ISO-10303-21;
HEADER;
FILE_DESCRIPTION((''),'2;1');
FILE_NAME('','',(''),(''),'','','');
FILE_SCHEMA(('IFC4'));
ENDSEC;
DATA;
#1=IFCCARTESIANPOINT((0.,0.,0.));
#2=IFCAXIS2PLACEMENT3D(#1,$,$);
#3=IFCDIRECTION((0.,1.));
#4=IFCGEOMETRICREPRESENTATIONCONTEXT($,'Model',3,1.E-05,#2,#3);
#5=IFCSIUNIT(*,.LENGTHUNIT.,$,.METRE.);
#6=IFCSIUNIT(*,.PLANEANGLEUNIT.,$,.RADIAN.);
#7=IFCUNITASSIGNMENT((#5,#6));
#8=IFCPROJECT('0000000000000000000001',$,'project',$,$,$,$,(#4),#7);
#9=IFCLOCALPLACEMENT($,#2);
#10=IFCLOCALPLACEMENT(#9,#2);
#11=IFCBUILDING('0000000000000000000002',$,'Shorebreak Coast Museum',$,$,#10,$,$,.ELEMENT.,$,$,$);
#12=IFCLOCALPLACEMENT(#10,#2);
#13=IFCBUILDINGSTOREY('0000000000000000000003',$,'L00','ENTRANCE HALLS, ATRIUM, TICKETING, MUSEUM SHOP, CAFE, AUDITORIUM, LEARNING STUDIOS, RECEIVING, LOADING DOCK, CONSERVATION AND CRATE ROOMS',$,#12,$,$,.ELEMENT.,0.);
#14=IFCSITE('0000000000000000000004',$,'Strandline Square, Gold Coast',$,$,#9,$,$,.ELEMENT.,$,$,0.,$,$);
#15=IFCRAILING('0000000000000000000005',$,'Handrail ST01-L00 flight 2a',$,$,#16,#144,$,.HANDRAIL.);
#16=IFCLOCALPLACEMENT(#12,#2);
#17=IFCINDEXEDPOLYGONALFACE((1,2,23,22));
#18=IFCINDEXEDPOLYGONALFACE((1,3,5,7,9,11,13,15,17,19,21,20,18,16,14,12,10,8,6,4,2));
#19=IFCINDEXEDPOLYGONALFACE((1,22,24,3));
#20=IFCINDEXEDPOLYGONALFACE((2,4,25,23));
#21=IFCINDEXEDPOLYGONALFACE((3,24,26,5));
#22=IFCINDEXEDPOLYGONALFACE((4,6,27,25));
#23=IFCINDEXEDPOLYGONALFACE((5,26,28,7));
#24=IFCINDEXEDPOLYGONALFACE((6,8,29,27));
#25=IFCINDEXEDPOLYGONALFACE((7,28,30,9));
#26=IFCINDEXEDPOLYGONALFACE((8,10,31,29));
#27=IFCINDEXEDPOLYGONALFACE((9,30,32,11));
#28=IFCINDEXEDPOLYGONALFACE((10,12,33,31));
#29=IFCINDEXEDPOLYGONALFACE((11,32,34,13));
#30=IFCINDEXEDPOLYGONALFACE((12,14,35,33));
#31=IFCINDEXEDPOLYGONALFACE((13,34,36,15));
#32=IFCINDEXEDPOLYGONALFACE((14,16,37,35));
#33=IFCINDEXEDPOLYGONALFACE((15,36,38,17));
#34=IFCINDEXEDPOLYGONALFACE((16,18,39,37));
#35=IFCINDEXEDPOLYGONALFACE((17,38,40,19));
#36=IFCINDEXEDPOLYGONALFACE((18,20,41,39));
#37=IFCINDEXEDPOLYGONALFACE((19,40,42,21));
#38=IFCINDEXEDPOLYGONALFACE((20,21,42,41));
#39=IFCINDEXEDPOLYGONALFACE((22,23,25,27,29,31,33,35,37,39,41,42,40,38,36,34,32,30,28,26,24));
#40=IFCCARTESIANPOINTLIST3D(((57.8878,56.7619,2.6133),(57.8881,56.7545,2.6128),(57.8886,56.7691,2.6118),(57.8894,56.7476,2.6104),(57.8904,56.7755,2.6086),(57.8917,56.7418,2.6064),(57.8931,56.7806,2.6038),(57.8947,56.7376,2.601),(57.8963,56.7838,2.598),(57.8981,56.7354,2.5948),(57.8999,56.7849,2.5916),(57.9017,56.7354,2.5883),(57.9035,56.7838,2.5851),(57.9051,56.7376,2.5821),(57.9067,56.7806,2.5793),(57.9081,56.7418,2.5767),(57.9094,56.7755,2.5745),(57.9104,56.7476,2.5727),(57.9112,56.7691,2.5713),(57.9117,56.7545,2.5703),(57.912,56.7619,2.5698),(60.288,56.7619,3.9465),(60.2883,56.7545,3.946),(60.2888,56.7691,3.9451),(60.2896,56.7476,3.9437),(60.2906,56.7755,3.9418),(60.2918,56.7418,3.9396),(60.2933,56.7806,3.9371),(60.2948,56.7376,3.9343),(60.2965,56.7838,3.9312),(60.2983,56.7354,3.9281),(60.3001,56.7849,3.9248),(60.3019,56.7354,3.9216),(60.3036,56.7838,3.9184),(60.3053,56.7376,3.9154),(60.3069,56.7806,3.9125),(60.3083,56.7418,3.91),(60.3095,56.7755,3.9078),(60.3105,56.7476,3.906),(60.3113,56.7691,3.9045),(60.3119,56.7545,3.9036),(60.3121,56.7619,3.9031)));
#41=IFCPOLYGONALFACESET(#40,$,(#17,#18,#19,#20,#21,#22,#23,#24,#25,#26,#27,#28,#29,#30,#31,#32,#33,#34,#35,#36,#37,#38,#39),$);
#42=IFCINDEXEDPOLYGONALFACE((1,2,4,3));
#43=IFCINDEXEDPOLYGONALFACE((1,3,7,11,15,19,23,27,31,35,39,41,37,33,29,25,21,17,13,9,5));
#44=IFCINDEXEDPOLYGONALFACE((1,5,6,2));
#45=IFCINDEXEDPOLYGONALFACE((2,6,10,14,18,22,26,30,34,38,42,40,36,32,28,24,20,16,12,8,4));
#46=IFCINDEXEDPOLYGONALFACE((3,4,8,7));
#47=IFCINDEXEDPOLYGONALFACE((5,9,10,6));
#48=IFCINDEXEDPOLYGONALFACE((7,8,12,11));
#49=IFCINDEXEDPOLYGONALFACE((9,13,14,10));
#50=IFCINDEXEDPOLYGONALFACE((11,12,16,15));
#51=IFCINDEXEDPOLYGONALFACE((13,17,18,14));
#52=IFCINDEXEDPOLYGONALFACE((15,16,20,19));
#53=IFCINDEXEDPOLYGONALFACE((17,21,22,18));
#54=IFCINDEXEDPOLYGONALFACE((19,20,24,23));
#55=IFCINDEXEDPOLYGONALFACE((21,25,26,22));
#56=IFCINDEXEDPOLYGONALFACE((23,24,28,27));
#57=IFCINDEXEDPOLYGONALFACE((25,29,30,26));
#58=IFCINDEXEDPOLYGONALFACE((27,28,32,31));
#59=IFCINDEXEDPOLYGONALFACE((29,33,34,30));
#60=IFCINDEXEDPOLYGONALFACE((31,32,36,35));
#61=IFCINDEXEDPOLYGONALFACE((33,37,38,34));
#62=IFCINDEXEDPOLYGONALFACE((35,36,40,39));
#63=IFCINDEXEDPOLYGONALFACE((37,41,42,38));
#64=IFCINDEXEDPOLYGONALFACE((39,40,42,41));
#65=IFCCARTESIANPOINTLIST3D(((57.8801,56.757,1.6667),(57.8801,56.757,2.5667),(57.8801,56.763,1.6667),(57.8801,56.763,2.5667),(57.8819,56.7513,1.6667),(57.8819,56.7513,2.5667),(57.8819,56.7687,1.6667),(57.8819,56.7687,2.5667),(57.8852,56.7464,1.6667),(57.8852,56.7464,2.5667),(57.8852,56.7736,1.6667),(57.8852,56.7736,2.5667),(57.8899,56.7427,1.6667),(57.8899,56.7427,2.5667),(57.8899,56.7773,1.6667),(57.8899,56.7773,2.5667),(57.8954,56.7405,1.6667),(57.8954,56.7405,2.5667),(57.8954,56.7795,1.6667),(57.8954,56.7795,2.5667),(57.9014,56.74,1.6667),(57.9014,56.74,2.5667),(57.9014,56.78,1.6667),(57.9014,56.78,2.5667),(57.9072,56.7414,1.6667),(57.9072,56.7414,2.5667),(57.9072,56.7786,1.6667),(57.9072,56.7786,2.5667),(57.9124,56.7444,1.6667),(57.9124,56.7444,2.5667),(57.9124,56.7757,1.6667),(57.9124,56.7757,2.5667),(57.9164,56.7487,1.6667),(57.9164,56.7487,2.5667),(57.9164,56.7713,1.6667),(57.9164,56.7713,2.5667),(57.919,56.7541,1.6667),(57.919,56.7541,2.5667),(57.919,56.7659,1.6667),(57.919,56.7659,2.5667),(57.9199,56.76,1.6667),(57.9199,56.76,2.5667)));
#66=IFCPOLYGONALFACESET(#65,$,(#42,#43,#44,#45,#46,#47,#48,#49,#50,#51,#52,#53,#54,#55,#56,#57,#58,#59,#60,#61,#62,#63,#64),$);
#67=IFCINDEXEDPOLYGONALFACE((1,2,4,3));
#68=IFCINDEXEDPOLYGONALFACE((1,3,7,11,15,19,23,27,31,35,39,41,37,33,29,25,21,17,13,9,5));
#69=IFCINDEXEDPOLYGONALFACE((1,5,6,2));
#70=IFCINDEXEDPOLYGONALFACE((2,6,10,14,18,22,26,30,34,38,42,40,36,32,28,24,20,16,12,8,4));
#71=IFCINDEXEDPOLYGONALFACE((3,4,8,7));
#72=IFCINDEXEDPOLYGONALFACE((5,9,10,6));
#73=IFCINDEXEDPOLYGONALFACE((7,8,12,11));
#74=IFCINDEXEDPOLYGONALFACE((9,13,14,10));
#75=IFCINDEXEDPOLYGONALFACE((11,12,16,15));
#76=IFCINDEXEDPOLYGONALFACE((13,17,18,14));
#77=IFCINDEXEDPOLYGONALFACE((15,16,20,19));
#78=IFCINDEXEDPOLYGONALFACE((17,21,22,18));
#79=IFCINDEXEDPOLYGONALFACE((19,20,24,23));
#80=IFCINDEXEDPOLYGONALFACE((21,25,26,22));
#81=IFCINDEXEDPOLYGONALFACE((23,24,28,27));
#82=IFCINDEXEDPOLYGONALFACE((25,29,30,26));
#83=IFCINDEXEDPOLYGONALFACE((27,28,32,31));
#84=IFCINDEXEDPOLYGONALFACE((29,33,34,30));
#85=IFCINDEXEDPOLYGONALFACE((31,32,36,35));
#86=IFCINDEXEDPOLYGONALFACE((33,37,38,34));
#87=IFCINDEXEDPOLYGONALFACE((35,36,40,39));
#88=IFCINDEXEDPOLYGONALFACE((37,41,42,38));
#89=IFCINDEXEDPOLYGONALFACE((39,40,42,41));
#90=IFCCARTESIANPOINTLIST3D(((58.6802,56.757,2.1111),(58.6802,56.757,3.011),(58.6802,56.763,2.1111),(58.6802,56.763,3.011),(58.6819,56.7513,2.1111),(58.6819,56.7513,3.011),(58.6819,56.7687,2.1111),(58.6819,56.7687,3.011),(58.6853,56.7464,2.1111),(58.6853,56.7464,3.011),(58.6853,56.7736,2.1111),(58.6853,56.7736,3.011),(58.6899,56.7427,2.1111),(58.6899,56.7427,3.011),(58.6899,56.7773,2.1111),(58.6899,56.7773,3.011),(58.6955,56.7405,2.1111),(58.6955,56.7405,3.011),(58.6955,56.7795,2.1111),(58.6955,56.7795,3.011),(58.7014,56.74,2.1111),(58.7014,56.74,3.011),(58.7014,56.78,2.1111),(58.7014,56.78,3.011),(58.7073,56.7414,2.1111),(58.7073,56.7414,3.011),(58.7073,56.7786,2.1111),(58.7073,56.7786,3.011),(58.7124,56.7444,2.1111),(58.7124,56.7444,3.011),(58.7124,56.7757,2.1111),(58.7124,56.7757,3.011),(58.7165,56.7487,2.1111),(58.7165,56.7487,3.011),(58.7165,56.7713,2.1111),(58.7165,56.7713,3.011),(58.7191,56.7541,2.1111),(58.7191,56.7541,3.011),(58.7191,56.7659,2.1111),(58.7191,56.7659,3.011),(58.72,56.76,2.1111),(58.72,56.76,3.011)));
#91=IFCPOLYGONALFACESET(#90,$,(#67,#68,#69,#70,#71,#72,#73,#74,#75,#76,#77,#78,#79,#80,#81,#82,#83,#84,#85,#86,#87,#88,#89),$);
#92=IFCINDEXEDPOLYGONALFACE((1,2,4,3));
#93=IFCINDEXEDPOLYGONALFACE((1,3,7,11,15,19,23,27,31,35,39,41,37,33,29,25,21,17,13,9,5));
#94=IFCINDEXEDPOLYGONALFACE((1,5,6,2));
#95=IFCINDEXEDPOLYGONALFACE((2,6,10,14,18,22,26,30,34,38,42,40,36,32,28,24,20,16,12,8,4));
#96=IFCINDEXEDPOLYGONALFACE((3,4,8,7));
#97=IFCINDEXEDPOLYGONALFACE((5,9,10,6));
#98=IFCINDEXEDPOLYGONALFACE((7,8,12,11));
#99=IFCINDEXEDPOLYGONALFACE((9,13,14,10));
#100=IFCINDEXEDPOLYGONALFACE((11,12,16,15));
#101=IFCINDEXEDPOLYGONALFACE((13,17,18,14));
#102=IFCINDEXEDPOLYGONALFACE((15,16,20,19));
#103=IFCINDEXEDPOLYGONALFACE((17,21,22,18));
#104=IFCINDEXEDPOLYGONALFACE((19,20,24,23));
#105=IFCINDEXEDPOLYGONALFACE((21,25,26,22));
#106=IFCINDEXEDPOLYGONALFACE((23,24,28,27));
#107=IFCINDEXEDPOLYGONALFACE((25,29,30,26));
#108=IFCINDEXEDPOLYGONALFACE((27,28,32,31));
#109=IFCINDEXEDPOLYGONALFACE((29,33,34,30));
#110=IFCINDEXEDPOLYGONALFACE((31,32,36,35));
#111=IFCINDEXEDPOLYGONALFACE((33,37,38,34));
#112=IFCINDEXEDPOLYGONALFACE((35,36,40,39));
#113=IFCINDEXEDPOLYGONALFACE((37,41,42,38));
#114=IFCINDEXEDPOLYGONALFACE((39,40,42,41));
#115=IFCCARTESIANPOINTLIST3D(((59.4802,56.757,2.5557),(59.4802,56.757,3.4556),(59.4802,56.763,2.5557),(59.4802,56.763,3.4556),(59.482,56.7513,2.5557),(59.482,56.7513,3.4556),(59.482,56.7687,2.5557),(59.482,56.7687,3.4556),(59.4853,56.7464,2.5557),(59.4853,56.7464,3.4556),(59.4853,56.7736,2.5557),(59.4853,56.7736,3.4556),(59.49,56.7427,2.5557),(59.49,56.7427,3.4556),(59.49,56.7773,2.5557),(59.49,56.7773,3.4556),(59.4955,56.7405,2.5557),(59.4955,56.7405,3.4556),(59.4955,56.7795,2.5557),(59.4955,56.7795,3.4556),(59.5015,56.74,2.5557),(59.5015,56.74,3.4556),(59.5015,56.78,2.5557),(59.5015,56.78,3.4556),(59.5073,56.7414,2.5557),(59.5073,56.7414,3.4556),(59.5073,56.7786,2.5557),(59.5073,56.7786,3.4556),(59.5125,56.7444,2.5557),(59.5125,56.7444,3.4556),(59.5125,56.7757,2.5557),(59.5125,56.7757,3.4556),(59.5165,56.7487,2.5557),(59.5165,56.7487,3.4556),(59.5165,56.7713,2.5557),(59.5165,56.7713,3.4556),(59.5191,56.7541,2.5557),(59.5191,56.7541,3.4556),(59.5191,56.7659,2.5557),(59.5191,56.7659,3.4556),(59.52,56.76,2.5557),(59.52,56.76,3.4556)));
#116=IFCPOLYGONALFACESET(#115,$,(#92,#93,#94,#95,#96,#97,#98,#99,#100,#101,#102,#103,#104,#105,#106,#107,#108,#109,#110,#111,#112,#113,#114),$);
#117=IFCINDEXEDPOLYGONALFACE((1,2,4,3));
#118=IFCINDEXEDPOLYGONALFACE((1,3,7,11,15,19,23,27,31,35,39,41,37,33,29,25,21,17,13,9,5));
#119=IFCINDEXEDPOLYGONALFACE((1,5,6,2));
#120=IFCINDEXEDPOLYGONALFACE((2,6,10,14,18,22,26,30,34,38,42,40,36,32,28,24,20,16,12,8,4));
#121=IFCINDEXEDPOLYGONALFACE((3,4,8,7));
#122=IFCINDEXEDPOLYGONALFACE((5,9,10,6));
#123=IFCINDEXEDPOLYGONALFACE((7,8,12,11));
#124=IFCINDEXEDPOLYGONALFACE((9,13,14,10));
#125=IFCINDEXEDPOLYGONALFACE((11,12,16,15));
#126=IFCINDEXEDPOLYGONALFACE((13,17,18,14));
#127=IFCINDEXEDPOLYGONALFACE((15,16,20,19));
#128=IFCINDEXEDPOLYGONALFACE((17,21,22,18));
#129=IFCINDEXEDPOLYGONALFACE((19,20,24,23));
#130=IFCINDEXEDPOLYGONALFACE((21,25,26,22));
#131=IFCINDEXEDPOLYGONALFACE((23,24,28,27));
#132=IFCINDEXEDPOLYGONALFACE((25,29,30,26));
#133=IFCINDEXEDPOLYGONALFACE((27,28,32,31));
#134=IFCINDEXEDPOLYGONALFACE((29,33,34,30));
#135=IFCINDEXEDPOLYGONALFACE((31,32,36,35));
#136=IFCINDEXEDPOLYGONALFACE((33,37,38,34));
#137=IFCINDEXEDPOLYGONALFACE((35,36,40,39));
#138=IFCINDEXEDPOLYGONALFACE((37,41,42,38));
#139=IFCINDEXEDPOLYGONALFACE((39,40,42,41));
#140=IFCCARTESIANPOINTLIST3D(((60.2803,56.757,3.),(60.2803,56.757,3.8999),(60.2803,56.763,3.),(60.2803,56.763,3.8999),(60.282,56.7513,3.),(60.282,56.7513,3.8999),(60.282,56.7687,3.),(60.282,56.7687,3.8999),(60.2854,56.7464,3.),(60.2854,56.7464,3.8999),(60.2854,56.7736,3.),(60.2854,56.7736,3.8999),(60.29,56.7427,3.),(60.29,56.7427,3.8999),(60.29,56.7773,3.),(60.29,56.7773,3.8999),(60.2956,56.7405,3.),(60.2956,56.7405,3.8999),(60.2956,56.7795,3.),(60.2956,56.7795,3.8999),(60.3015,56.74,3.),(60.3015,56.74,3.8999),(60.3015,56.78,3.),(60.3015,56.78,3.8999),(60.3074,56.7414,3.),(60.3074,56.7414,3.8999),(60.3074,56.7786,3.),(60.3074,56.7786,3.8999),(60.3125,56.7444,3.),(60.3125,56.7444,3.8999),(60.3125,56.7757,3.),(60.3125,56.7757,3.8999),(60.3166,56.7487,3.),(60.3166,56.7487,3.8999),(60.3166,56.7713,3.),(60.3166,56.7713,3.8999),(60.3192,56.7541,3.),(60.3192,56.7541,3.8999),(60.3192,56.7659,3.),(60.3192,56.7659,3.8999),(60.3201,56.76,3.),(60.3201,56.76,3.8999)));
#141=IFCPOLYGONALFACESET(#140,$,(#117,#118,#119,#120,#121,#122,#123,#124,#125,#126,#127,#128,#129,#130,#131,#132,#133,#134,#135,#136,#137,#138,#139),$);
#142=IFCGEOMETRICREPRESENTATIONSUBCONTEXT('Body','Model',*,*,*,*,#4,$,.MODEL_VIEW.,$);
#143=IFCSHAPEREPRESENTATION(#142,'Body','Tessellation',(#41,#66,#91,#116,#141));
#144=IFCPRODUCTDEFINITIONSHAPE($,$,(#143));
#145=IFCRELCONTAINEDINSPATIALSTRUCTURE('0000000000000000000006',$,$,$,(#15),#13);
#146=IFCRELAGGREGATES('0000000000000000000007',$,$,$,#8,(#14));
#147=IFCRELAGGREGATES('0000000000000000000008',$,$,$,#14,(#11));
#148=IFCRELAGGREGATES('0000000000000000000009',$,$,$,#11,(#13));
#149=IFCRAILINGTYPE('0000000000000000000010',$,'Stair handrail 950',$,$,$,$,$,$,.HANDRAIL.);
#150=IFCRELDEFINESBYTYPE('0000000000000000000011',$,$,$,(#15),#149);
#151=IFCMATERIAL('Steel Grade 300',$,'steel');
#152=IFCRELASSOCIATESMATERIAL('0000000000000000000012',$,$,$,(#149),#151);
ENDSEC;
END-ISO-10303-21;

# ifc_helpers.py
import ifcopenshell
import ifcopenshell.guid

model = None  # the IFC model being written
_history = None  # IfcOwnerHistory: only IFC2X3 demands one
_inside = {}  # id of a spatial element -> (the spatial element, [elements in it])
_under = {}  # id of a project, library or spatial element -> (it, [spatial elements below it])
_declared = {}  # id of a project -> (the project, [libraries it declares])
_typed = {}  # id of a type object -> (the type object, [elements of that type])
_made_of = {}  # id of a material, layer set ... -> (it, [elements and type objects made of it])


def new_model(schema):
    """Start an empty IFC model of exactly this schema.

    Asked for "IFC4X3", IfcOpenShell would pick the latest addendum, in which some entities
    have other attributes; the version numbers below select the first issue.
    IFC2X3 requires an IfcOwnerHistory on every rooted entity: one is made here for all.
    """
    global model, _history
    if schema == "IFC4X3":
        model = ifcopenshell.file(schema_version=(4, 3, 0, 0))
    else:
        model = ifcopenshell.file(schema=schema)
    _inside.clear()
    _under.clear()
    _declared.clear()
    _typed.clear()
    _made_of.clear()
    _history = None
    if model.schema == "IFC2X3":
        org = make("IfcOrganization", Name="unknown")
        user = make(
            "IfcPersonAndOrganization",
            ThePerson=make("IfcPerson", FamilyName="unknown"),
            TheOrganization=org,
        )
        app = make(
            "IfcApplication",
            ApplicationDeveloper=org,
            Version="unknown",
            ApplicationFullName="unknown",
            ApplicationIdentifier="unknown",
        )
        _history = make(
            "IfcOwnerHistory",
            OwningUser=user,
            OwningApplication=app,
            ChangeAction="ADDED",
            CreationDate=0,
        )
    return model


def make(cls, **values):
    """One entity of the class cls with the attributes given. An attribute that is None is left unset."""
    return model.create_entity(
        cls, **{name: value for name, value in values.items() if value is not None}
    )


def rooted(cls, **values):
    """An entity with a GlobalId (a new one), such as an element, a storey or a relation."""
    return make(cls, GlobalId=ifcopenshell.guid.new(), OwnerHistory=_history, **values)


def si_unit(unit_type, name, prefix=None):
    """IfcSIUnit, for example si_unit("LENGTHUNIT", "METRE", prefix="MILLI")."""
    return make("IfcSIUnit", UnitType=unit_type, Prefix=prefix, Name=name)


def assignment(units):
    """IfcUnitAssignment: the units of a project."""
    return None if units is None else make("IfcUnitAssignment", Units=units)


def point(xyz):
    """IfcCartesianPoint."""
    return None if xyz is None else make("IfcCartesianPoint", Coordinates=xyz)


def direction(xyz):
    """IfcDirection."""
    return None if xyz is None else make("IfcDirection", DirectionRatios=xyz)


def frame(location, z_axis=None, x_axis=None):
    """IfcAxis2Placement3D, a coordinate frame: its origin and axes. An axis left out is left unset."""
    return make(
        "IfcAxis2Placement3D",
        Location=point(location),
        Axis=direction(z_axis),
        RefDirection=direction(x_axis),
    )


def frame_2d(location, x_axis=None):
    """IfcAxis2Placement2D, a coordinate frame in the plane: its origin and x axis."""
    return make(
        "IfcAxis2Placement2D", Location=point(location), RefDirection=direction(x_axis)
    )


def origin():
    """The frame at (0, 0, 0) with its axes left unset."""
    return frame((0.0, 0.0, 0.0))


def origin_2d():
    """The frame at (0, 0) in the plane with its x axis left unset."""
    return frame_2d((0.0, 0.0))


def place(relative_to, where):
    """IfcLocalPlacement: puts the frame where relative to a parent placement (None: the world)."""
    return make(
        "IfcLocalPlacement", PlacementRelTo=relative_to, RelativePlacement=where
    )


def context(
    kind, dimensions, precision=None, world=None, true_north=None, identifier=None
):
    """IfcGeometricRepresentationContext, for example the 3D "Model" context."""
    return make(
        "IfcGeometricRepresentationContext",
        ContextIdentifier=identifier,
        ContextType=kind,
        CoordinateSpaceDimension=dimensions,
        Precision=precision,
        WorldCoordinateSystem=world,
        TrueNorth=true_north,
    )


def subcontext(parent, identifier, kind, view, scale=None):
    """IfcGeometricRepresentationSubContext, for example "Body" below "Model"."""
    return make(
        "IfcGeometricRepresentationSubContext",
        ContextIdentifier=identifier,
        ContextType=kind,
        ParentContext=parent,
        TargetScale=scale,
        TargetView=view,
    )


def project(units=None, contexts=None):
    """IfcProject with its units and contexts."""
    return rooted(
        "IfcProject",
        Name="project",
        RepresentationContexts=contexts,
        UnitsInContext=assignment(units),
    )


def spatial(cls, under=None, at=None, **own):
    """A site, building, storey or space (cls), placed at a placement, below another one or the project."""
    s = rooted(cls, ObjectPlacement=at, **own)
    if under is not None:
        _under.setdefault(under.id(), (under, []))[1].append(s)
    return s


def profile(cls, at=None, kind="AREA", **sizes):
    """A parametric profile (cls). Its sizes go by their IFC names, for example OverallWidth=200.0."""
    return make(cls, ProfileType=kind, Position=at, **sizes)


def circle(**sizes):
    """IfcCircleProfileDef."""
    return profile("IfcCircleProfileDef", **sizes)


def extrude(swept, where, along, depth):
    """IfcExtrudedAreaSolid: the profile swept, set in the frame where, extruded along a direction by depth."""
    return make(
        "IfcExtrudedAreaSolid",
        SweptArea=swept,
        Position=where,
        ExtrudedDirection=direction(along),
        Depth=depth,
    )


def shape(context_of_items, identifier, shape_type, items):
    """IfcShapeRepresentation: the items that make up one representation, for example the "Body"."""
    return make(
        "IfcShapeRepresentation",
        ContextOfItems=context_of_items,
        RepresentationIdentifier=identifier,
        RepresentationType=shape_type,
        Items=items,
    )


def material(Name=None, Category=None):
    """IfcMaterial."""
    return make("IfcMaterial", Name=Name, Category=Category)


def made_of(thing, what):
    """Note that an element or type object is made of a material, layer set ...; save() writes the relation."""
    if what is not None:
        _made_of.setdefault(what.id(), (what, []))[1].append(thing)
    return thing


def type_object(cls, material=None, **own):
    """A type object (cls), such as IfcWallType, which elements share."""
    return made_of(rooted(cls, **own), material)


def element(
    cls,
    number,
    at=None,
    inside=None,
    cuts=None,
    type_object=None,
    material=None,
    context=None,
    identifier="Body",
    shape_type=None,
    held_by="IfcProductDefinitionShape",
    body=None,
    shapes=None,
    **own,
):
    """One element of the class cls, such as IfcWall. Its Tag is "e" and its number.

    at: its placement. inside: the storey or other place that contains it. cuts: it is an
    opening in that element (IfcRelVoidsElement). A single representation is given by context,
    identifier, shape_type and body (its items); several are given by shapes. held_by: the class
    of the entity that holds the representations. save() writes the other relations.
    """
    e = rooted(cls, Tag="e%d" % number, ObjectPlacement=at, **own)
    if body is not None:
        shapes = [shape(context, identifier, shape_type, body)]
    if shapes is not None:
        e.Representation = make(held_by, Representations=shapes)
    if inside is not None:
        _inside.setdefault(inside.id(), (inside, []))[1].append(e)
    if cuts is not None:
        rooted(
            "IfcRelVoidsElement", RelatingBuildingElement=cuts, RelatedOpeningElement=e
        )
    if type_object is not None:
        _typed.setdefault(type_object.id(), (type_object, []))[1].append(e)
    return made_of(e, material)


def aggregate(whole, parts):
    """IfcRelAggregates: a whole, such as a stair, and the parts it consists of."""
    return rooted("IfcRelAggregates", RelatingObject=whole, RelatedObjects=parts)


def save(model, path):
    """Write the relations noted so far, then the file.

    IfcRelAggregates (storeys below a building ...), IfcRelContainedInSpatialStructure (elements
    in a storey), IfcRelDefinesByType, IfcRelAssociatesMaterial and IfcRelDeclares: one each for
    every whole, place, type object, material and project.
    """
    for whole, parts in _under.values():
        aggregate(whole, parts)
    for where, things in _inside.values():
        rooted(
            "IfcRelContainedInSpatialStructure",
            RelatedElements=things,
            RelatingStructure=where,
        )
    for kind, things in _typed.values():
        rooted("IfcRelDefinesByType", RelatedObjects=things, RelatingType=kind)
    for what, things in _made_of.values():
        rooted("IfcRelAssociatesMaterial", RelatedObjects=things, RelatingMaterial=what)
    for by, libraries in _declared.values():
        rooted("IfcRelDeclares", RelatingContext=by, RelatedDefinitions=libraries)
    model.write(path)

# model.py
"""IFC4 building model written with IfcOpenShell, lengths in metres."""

from ifc_helpers import new_model, si_unit, direction, frame, origin, origin_2d, place, context, subcontext, project, spatial, circle, extrude, material, type_object, element, save


model = new_model("IFC4")

# Units and contexts
model_context = context("Model", 3, precision=1e-05, world=origin(), true_north=direction((0.0, 1.0)))
body_context = subcontext(model_context, "Body", "Model", "MODEL_VIEW")
ifc_project = project(units=[si_unit("LENGTHUNIT", "METRE"), si_unit("PLANEANGLEUNIT", "RADIAN")], contexts=[model_context])

# Site, building, storey
site_placement = place(None, origin())
site = spatial("IfcSite", under=ifc_project, at=site_placement, Name="Strandline Square, Gold Coast", CompositionType="ELEMENT", RefElevation=0.0)
building_placement = place(site_placement, origin())
building = spatial("IfcBuilding", under=site, at=building_placement, Name="Shorebreak Coast Museum", CompositionType="ELEMENT")
storey_placement = place(building_placement, origin())
storey = spatial("IfcBuildingStorey", under=building, at=storey_placement, Name="L00", Description="ENTRANCE HALLS, ATRIUM, TICKETING, MUSEUM SHOP, CAFE, AUDITORIUM, LEARNING STUDIOS, RECEIVING, LOADING DOCK, CONSERVATION AND CRATE ROOMS", CompositionType="ELEMENT", Elevation=0.0)

# Railing
ifc_material_1 = material(Name="Steel Grade 300", Category="steel")
railing_type_1 = type_object("IfcRailingType", Name="Stair handrail 950", PredefinedType="HANDRAIL", material=ifc_material_1)
for number, where, name in (
    (1, (57.8999, 56.76, 1.6667), "Handrail ST01-L00 flight 2a"),
):
    element("IfcRailing", number, at=place(storey_placement, frame(where)), inside=storey, type_object=railing_type_1, Name=name, PredefinedType="HANDRAIL", context=body_context, shape_type="SweptSolid", body=[
        extrude(circle(Radius=0.0249, at=origin_2d()), frame((0.0, 0.0, 0.9248), z_axis=(0.874182, 0.0, 0.485598), x_axis=(0.0, 1.0, 0.0)), (0.0, 0.0, 1.0), 2.7456),
        extrude(circle(Radius=0.02, at=origin_2d()), origin(), (0.0, 0.0, 1.0), 0.8999),
        extrude(circle(Radius=0.02, at=origin_2d()), frame((0.8, 0.0, 0.4443)), (0.0, 0.0, 1.0), 0.8999),
        extrude(circle(Radius=0.02, at=origin_2d()), frame((1.6001, 0.0, 0.8889)), (0.0, 0.0, 1.0), 0.8999),
        extrude(circle(Radius=0.02, at=origin_2d()), frame((2.4001, 0.0, 1.3333)), (0.0, 0.0, 1.0), 0.8999),
    ])

save(model, "model.ifc")
